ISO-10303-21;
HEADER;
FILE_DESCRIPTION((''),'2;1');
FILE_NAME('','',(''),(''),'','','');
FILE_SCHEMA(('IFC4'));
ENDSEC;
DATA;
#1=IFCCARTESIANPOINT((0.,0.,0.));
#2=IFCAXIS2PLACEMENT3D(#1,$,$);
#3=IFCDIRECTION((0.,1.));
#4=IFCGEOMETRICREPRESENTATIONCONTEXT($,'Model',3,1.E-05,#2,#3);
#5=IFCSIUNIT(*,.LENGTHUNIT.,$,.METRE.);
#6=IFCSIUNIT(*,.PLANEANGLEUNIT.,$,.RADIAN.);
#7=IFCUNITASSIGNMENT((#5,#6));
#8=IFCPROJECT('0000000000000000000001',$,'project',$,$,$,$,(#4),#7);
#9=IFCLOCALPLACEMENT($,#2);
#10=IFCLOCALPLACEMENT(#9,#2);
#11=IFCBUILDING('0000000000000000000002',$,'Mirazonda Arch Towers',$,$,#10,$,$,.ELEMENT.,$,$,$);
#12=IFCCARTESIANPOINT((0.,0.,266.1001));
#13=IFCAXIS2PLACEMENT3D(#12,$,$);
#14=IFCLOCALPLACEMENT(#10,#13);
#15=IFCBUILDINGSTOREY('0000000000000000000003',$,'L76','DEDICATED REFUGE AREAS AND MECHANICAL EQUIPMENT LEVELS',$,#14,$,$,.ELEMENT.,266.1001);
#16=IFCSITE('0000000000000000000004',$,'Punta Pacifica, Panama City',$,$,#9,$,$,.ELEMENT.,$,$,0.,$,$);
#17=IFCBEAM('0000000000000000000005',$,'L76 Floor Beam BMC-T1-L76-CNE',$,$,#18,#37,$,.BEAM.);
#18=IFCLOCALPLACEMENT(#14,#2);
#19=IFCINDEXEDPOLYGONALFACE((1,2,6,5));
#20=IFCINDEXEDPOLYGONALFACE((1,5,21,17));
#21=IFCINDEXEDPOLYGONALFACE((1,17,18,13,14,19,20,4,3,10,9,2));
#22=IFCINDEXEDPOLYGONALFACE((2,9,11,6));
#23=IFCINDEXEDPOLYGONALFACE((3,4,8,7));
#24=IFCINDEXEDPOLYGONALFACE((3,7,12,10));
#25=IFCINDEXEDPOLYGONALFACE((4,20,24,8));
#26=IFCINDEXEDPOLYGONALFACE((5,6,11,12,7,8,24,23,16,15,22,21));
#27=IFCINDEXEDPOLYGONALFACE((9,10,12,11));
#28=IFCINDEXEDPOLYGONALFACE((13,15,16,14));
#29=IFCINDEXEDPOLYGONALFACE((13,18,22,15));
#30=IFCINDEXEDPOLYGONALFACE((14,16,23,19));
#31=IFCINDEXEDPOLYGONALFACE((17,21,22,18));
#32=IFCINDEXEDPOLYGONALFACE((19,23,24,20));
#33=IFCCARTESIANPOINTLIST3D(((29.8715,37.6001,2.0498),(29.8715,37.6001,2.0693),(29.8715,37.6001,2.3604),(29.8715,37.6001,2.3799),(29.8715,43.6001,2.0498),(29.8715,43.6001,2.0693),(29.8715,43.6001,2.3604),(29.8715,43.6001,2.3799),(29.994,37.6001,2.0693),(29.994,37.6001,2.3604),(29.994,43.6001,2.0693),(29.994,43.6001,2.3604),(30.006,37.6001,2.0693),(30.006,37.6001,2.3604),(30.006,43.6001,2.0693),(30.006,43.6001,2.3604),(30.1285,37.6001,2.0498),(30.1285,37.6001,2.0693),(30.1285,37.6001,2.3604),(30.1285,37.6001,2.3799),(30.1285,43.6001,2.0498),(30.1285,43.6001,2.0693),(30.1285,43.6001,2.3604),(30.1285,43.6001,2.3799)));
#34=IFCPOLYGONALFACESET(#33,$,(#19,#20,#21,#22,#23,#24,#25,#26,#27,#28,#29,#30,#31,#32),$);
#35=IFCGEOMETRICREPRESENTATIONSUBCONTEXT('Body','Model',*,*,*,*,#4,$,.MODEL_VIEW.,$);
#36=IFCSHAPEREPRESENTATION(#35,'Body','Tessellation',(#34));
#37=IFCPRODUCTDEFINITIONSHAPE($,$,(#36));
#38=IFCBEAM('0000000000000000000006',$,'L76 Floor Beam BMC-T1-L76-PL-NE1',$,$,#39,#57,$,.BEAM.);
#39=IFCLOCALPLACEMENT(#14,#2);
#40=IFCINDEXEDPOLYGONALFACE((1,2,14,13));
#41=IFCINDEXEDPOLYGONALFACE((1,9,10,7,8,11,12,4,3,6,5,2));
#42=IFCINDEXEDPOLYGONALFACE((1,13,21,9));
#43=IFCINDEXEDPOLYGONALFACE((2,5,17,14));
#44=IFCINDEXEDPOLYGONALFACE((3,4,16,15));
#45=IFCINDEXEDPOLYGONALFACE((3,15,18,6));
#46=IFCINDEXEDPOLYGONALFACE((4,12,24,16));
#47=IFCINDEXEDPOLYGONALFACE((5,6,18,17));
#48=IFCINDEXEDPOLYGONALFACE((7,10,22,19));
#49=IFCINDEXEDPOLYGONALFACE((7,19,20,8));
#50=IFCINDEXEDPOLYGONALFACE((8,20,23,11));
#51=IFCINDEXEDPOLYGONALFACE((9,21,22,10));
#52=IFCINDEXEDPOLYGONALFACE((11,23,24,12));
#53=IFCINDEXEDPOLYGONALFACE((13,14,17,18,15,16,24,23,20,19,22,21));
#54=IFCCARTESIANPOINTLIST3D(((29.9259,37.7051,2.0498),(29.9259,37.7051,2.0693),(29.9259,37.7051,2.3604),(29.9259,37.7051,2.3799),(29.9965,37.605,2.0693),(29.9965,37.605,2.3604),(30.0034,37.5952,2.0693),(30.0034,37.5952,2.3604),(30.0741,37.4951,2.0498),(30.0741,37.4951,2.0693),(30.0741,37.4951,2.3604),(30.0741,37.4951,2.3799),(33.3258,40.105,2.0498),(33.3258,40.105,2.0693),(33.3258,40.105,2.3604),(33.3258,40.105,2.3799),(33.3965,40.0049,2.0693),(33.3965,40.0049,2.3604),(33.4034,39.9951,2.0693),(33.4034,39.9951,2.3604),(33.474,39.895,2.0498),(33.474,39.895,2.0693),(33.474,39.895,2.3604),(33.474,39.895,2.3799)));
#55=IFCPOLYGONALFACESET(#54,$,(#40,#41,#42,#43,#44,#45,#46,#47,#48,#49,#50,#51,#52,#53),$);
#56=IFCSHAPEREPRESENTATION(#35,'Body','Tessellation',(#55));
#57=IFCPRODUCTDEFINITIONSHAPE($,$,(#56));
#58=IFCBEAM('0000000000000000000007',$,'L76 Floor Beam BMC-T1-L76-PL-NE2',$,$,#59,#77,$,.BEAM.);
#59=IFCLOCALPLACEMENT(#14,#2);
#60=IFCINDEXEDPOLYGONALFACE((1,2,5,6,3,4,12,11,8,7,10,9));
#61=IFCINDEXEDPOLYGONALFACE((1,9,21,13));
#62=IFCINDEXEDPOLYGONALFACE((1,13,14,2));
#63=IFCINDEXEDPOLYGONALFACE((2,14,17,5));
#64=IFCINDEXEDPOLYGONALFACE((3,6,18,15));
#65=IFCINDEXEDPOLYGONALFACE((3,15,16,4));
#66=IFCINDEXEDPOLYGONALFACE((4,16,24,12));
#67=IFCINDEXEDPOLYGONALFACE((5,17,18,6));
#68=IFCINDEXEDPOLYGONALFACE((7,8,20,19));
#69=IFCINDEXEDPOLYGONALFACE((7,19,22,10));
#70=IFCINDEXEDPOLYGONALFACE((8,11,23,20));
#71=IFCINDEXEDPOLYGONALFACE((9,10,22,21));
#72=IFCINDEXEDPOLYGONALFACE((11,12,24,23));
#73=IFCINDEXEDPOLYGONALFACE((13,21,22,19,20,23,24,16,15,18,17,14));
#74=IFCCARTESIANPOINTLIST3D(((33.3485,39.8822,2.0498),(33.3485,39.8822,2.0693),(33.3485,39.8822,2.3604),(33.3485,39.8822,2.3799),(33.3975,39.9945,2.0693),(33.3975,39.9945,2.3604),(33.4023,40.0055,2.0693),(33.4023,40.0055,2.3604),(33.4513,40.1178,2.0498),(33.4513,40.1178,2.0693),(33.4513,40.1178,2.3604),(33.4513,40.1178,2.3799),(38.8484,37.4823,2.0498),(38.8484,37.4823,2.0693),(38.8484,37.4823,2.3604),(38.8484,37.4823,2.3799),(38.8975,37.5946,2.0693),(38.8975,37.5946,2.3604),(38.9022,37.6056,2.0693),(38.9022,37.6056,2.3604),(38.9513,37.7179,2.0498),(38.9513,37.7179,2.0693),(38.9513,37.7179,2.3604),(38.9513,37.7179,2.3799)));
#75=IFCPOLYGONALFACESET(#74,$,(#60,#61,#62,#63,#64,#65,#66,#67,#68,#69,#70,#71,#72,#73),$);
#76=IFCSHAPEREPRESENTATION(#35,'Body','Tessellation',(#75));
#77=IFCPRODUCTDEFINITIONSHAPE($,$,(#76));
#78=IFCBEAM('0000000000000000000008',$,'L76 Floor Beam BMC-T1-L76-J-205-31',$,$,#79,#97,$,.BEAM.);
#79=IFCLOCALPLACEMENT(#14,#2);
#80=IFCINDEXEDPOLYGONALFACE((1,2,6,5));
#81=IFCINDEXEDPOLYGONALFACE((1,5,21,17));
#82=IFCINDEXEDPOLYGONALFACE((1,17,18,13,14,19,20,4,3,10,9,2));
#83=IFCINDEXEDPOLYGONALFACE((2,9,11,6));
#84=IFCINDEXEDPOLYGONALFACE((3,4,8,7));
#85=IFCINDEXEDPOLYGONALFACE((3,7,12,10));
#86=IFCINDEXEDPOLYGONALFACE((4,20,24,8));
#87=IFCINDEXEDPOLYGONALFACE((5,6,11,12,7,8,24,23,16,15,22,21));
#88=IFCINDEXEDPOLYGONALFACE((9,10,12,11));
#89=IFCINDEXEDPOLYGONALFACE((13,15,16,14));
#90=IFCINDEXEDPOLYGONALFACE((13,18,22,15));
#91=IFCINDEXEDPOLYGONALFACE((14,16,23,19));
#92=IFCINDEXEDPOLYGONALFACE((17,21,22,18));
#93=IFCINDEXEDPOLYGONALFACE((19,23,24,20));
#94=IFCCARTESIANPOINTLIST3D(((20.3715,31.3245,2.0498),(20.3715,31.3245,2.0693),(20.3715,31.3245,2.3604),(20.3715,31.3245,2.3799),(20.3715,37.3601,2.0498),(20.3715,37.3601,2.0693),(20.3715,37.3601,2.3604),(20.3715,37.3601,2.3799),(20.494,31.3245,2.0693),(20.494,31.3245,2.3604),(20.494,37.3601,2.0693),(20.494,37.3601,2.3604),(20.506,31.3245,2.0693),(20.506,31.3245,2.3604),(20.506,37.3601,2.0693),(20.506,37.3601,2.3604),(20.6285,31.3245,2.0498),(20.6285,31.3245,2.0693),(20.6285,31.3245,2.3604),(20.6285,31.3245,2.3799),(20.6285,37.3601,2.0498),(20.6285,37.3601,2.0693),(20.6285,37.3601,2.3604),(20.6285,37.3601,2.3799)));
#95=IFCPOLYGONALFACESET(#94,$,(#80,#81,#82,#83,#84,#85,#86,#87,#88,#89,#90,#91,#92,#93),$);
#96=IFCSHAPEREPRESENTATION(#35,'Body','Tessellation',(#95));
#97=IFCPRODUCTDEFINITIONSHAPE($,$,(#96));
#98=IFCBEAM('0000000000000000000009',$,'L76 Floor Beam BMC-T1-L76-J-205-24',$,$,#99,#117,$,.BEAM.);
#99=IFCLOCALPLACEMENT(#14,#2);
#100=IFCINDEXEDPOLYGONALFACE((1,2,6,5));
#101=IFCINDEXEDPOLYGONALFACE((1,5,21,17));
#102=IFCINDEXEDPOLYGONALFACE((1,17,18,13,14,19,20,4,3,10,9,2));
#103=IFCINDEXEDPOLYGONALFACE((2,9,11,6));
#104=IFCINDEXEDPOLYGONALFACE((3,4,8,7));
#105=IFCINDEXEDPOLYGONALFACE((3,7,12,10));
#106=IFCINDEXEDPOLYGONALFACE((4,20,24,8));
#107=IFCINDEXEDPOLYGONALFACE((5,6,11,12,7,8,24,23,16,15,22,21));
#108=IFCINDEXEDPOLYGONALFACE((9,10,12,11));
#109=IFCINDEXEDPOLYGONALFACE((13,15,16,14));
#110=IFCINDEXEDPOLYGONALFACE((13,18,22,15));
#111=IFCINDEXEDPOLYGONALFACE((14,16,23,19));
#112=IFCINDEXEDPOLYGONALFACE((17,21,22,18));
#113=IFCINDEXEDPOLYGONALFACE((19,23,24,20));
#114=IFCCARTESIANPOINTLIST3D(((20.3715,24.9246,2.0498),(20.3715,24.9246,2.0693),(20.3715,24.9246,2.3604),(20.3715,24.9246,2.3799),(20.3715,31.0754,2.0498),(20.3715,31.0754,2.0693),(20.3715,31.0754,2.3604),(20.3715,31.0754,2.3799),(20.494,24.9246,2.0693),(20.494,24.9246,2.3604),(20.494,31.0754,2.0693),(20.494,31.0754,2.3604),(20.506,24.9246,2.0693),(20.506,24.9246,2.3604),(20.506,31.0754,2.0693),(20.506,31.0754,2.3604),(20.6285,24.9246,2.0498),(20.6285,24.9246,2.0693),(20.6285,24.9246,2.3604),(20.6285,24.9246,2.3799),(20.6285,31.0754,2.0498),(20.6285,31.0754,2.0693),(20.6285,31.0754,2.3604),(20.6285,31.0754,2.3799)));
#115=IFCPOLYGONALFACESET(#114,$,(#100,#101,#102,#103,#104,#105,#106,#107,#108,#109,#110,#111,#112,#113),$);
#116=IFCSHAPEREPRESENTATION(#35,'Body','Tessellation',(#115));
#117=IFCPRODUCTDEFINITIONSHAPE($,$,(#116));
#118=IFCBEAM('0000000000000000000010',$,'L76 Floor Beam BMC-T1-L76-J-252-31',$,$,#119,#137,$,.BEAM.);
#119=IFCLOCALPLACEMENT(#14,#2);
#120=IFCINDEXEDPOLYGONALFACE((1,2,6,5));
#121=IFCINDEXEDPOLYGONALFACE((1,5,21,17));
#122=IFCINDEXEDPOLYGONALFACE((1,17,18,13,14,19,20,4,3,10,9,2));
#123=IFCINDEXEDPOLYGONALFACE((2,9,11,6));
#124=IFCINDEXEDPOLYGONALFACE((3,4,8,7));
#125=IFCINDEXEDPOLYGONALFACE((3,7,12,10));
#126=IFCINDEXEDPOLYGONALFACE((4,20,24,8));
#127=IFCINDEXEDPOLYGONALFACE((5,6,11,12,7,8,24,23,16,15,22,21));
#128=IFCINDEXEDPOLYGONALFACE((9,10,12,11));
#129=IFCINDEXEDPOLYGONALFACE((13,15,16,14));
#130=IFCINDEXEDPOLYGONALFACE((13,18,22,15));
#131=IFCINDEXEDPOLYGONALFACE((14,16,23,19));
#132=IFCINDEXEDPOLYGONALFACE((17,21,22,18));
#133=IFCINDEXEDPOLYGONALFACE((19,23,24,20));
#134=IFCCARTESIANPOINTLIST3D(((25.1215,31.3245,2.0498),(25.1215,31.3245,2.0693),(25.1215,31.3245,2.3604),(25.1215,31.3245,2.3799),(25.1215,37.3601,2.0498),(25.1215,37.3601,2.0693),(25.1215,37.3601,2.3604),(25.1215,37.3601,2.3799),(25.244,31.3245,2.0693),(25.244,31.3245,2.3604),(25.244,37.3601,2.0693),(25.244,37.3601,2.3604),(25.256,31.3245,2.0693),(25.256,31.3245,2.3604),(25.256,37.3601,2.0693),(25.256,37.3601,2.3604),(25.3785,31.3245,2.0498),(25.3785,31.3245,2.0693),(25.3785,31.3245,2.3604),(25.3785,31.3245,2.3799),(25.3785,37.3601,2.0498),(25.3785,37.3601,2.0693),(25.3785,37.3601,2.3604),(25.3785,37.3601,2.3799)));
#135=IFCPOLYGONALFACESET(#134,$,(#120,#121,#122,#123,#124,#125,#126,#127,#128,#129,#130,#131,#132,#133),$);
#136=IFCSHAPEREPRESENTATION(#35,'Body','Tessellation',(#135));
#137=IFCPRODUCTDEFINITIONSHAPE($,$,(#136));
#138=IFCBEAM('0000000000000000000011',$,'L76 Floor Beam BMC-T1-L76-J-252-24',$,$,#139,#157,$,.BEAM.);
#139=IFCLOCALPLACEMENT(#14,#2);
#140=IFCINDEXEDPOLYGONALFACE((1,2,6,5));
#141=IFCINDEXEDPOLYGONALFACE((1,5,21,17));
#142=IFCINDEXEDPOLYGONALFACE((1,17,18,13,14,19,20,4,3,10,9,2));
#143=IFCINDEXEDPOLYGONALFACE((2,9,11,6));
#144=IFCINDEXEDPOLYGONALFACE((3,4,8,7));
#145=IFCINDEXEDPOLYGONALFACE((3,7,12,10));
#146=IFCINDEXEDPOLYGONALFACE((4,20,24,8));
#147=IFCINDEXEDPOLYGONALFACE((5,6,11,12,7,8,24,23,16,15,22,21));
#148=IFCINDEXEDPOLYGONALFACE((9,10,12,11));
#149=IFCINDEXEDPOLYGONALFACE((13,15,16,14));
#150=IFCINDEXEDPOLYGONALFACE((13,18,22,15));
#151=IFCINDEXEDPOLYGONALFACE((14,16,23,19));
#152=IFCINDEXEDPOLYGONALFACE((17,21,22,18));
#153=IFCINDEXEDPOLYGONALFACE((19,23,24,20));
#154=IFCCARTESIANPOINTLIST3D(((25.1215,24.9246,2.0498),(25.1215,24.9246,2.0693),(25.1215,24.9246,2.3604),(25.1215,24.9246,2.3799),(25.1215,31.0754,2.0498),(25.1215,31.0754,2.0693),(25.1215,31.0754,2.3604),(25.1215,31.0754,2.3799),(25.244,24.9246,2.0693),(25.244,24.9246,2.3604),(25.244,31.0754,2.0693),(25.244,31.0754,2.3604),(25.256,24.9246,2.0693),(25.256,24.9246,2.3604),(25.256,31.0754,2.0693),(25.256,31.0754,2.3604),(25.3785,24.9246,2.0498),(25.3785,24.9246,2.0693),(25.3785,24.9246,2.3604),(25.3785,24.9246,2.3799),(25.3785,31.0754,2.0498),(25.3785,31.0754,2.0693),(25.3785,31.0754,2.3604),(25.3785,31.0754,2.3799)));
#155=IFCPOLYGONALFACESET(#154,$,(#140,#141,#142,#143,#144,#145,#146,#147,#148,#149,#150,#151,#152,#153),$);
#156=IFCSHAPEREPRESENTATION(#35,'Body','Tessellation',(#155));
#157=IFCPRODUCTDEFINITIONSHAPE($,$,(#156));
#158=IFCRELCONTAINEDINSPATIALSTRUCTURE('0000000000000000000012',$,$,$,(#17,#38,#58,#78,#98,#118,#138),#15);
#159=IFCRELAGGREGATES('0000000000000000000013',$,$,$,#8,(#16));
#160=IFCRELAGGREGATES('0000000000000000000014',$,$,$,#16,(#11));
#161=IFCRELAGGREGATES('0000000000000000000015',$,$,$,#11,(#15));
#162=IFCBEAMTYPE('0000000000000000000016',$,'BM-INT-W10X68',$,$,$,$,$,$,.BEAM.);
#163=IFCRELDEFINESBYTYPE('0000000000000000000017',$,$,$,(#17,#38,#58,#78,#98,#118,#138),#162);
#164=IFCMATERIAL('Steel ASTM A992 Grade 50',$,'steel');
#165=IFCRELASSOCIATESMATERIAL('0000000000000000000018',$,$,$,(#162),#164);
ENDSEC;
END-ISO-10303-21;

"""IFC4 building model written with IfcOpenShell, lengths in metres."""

from ifc_helpers import new_model, si_unit, direction, frame, origin, origin_2d, place, context, subcontext, project, spatial, i_section, extrude, material, material_profile, profile_set, type_object, element, save


model = new_model("IFC4")

# Units and contexts
model_context = context("Model", 3, precision=1e-05, world=origin(), true_north=direction((0.0, 1.0)))
body_context = subcontext(model_context, "Body", "Model", "MODEL_VIEW")
ifc_project = project(units=[si_unit("LENGTHUNIT", "METRE"), si_unit("PLANEANGLEUNIT", "RADIAN")], contexts=[model_context])

# Site, building, storey
site_placement = place(None, origin())
site = spatial("IfcSite", under=ifc_project, at=site_placement, Name="Punta Pacifica, Panama City", CompositionType="ELEMENT", RefElevation=0.0)
building_placement = place(site_placement, origin())
building = spatial("IfcBuilding", under=site, at=building_placement, Name="Mirazonda Arch Towers", CompositionType="ELEMENT")
storey_placement = place(building_placement, frame((0.0, 0.0, 266.1001)))
storey = spatial("IfcBuildingStorey", under=building, at=storey_placement, Name="L76", Description="DEDICATED REFUGE AREAS AND MECHANICAL EQUIPMENT LEVELS", CompositionType="ELEMENT", Elevation=266.1001)

# Beams
ifc_material_1 = material(Name="Steel ASTM A992 Grade 50", Category="steel")
ifc_material_profile_1 = material_profile(ifc_material_1, i_section(OverallWidth=0.2571, OverallDepth=0.3301, WebThickness=0.012, FlangeThickness=0.0195, at=origin_2d()), Name="W10X68")
ifc_profile_set_1 = profile_set([ifc_material_profile_1], Name="Steel ASTM A992 Grade 50")
beam_type_1 = type_object("IfcBeamType", Name="BM-INT-W10X68", PredefinedType="BEAM", material=ifc_profile_set_1)
beam_1_placement = place(storey_placement, frame((30.0, 37.6001, 2.2148), z_axis=(0.0, 1.0, 0.0), x_axis=(-1.0, 0.0, 0.0)))
element("IfcBeam", 1, at=beam_1_placement, inside=storey, type_object=beam_type_1, Name="L76 Floor Beam BMC-T1-L76-CNE", PredefinedType="BEAM", context=body_context, shape_type="SweptSolid", body=[
    extrude(i_section(OverallWidth=0.2571, OverallDepth=0.3301, WebThickness=0.012, FlangeThickness=0.0195, at=origin_2d()), origin(), (0.0, 0.0, 1.0), 6.0),
])
beam_2_placement = place(storey_placement, frame((33.3999, 40.0, 2.2148), z_axis=(-0.816971, -0.576679, 0.0), x_axis=(0.576679, -0.816971, 0.0)))
element("IfcBeam", 2, at=beam_2_placement, inside=storey, type_object=beam_type_1, Name="L76 Floor Beam BMC-T1-L76-PL-NE1", PredefinedType="BEAM", context=body_context, shape_type="SweptSolid", body=[
    extrude(i_section(OverallWidth=0.2571, OverallDepth=0.3301, WebThickness=0.012, FlangeThickness=0.0195, at=origin_2d()), origin(), (0.0, 0.0, 1.0), 4.1616),
])
beam_3_placement = place(storey_placement, frame((33.3999, 40.0, 2.2148), z_axis=(0.916545, -0.399931, 0.0), x_axis=(0.399931, 0.916545, 0.0)))
element("IfcBeam", 3, at=beam_3_placement, inside=storey, type_object=beam_type_1, Name="L76 Floor Beam BMC-T1-L76-PL-NE2", PredefinedType="BEAM", context=body_context, shape_type="SweptSolid", body=[
    extrude(i_section(OverallWidth=0.2571, OverallDepth=0.3301, WebThickness=0.012, FlangeThickness=0.0195, at=origin_2d()), origin(), (0.0, 0.0, 1.0), 6.0007),
])
beam_4_placement = place(storey_placement, frame((20.5, 31.3245, 2.2148), z_axis=(0.0, 1.0, 0.0), x_axis=(-1.0, 0.0, 0.0)))
element("IfcBeam", 4, at=beam_4_placement, inside=storey, type_object=beam_type_1, Name="L76 Floor Beam BMC-T1-L76-J-205-31", PredefinedType="BEAM", context=body_context, shape_type="SweptSolid", body=[
    extrude(i_section(OverallWidth=0.2571, OverallDepth=0.3301, WebThickness=0.012, FlangeThickness=0.0195, at=origin_2d()), origin(), (0.0, 0.0, 1.0), 6.0356),
])
beam_5_placement = place(storey_placement, frame((20.5, 24.9246, 2.2148), z_axis=(0.0, 1.0, 0.0), x_axis=(-1.0, 0.0, 0.0)))
element("IfcBeam", 5, at=beam_5_placement, inside=storey, type_object=beam_type_1, Name="L76 Floor Beam BMC-T1-L76-J-205-24", PredefinedType="BEAM", context=body_context, shape_type="SweptSolid", body=[
    extrude(i_section(OverallWidth=0.2571, OverallDepth=0.3301, WebThickness=0.012, FlangeThickness=0.0195, at=origin_2d()), origin(), (0.0, 0.0, 1.0), 6.1509),
])
beam_6_placement = place(storey_placement, frame((25.25, 31.3245, 2.2148), z_axis=(0.0, 1.0, 0.0), x_axis=(-1.0, 0.0, 0.0)))
element("IfcBeam", 6, at=beam_6_placement, inside=storey, type_object=beam_type_1, Name="L76 Floor Beam BMC-T1-L76-J-252-31", PredefinedType="BEAM", context=body_context, shape_type="SweptSolid", body=[
    extrude(i_section(OverallWidth=0.2571, OverallDepth=0.3301, WebThickness=0.012, FlangeThickness=0.0195, at=origin_2d()), origin(), (0.0, 0.0, 1.0), 6.0356),
])
beam_7_placement = place(storey_placement, frame((25.25, 24.9246, 2.2148), z_axis=(0.0, 1.0, 0.0), x_axis=(-1.0, 0.0, 0.0)))
element("IfcBeam", 7, at=beam_7_placement, inside=storey, type_object=beam_type_1, Name="L76 Floor Beam BMC-T1-L76-J-252-24", PredefinedType="BEAM", context=body_context, shape_type="SweptSolid", body=[
    extrude(i_section(OverallWidth=0.2571, OverallDepth=0.3301, WebThickness=0.012, FlangeThickness=0.0195, at=origin_2d()), origin(), (0.0, 0.0, 1.0), 6.1509),
])

save(model, "model.ifc")
